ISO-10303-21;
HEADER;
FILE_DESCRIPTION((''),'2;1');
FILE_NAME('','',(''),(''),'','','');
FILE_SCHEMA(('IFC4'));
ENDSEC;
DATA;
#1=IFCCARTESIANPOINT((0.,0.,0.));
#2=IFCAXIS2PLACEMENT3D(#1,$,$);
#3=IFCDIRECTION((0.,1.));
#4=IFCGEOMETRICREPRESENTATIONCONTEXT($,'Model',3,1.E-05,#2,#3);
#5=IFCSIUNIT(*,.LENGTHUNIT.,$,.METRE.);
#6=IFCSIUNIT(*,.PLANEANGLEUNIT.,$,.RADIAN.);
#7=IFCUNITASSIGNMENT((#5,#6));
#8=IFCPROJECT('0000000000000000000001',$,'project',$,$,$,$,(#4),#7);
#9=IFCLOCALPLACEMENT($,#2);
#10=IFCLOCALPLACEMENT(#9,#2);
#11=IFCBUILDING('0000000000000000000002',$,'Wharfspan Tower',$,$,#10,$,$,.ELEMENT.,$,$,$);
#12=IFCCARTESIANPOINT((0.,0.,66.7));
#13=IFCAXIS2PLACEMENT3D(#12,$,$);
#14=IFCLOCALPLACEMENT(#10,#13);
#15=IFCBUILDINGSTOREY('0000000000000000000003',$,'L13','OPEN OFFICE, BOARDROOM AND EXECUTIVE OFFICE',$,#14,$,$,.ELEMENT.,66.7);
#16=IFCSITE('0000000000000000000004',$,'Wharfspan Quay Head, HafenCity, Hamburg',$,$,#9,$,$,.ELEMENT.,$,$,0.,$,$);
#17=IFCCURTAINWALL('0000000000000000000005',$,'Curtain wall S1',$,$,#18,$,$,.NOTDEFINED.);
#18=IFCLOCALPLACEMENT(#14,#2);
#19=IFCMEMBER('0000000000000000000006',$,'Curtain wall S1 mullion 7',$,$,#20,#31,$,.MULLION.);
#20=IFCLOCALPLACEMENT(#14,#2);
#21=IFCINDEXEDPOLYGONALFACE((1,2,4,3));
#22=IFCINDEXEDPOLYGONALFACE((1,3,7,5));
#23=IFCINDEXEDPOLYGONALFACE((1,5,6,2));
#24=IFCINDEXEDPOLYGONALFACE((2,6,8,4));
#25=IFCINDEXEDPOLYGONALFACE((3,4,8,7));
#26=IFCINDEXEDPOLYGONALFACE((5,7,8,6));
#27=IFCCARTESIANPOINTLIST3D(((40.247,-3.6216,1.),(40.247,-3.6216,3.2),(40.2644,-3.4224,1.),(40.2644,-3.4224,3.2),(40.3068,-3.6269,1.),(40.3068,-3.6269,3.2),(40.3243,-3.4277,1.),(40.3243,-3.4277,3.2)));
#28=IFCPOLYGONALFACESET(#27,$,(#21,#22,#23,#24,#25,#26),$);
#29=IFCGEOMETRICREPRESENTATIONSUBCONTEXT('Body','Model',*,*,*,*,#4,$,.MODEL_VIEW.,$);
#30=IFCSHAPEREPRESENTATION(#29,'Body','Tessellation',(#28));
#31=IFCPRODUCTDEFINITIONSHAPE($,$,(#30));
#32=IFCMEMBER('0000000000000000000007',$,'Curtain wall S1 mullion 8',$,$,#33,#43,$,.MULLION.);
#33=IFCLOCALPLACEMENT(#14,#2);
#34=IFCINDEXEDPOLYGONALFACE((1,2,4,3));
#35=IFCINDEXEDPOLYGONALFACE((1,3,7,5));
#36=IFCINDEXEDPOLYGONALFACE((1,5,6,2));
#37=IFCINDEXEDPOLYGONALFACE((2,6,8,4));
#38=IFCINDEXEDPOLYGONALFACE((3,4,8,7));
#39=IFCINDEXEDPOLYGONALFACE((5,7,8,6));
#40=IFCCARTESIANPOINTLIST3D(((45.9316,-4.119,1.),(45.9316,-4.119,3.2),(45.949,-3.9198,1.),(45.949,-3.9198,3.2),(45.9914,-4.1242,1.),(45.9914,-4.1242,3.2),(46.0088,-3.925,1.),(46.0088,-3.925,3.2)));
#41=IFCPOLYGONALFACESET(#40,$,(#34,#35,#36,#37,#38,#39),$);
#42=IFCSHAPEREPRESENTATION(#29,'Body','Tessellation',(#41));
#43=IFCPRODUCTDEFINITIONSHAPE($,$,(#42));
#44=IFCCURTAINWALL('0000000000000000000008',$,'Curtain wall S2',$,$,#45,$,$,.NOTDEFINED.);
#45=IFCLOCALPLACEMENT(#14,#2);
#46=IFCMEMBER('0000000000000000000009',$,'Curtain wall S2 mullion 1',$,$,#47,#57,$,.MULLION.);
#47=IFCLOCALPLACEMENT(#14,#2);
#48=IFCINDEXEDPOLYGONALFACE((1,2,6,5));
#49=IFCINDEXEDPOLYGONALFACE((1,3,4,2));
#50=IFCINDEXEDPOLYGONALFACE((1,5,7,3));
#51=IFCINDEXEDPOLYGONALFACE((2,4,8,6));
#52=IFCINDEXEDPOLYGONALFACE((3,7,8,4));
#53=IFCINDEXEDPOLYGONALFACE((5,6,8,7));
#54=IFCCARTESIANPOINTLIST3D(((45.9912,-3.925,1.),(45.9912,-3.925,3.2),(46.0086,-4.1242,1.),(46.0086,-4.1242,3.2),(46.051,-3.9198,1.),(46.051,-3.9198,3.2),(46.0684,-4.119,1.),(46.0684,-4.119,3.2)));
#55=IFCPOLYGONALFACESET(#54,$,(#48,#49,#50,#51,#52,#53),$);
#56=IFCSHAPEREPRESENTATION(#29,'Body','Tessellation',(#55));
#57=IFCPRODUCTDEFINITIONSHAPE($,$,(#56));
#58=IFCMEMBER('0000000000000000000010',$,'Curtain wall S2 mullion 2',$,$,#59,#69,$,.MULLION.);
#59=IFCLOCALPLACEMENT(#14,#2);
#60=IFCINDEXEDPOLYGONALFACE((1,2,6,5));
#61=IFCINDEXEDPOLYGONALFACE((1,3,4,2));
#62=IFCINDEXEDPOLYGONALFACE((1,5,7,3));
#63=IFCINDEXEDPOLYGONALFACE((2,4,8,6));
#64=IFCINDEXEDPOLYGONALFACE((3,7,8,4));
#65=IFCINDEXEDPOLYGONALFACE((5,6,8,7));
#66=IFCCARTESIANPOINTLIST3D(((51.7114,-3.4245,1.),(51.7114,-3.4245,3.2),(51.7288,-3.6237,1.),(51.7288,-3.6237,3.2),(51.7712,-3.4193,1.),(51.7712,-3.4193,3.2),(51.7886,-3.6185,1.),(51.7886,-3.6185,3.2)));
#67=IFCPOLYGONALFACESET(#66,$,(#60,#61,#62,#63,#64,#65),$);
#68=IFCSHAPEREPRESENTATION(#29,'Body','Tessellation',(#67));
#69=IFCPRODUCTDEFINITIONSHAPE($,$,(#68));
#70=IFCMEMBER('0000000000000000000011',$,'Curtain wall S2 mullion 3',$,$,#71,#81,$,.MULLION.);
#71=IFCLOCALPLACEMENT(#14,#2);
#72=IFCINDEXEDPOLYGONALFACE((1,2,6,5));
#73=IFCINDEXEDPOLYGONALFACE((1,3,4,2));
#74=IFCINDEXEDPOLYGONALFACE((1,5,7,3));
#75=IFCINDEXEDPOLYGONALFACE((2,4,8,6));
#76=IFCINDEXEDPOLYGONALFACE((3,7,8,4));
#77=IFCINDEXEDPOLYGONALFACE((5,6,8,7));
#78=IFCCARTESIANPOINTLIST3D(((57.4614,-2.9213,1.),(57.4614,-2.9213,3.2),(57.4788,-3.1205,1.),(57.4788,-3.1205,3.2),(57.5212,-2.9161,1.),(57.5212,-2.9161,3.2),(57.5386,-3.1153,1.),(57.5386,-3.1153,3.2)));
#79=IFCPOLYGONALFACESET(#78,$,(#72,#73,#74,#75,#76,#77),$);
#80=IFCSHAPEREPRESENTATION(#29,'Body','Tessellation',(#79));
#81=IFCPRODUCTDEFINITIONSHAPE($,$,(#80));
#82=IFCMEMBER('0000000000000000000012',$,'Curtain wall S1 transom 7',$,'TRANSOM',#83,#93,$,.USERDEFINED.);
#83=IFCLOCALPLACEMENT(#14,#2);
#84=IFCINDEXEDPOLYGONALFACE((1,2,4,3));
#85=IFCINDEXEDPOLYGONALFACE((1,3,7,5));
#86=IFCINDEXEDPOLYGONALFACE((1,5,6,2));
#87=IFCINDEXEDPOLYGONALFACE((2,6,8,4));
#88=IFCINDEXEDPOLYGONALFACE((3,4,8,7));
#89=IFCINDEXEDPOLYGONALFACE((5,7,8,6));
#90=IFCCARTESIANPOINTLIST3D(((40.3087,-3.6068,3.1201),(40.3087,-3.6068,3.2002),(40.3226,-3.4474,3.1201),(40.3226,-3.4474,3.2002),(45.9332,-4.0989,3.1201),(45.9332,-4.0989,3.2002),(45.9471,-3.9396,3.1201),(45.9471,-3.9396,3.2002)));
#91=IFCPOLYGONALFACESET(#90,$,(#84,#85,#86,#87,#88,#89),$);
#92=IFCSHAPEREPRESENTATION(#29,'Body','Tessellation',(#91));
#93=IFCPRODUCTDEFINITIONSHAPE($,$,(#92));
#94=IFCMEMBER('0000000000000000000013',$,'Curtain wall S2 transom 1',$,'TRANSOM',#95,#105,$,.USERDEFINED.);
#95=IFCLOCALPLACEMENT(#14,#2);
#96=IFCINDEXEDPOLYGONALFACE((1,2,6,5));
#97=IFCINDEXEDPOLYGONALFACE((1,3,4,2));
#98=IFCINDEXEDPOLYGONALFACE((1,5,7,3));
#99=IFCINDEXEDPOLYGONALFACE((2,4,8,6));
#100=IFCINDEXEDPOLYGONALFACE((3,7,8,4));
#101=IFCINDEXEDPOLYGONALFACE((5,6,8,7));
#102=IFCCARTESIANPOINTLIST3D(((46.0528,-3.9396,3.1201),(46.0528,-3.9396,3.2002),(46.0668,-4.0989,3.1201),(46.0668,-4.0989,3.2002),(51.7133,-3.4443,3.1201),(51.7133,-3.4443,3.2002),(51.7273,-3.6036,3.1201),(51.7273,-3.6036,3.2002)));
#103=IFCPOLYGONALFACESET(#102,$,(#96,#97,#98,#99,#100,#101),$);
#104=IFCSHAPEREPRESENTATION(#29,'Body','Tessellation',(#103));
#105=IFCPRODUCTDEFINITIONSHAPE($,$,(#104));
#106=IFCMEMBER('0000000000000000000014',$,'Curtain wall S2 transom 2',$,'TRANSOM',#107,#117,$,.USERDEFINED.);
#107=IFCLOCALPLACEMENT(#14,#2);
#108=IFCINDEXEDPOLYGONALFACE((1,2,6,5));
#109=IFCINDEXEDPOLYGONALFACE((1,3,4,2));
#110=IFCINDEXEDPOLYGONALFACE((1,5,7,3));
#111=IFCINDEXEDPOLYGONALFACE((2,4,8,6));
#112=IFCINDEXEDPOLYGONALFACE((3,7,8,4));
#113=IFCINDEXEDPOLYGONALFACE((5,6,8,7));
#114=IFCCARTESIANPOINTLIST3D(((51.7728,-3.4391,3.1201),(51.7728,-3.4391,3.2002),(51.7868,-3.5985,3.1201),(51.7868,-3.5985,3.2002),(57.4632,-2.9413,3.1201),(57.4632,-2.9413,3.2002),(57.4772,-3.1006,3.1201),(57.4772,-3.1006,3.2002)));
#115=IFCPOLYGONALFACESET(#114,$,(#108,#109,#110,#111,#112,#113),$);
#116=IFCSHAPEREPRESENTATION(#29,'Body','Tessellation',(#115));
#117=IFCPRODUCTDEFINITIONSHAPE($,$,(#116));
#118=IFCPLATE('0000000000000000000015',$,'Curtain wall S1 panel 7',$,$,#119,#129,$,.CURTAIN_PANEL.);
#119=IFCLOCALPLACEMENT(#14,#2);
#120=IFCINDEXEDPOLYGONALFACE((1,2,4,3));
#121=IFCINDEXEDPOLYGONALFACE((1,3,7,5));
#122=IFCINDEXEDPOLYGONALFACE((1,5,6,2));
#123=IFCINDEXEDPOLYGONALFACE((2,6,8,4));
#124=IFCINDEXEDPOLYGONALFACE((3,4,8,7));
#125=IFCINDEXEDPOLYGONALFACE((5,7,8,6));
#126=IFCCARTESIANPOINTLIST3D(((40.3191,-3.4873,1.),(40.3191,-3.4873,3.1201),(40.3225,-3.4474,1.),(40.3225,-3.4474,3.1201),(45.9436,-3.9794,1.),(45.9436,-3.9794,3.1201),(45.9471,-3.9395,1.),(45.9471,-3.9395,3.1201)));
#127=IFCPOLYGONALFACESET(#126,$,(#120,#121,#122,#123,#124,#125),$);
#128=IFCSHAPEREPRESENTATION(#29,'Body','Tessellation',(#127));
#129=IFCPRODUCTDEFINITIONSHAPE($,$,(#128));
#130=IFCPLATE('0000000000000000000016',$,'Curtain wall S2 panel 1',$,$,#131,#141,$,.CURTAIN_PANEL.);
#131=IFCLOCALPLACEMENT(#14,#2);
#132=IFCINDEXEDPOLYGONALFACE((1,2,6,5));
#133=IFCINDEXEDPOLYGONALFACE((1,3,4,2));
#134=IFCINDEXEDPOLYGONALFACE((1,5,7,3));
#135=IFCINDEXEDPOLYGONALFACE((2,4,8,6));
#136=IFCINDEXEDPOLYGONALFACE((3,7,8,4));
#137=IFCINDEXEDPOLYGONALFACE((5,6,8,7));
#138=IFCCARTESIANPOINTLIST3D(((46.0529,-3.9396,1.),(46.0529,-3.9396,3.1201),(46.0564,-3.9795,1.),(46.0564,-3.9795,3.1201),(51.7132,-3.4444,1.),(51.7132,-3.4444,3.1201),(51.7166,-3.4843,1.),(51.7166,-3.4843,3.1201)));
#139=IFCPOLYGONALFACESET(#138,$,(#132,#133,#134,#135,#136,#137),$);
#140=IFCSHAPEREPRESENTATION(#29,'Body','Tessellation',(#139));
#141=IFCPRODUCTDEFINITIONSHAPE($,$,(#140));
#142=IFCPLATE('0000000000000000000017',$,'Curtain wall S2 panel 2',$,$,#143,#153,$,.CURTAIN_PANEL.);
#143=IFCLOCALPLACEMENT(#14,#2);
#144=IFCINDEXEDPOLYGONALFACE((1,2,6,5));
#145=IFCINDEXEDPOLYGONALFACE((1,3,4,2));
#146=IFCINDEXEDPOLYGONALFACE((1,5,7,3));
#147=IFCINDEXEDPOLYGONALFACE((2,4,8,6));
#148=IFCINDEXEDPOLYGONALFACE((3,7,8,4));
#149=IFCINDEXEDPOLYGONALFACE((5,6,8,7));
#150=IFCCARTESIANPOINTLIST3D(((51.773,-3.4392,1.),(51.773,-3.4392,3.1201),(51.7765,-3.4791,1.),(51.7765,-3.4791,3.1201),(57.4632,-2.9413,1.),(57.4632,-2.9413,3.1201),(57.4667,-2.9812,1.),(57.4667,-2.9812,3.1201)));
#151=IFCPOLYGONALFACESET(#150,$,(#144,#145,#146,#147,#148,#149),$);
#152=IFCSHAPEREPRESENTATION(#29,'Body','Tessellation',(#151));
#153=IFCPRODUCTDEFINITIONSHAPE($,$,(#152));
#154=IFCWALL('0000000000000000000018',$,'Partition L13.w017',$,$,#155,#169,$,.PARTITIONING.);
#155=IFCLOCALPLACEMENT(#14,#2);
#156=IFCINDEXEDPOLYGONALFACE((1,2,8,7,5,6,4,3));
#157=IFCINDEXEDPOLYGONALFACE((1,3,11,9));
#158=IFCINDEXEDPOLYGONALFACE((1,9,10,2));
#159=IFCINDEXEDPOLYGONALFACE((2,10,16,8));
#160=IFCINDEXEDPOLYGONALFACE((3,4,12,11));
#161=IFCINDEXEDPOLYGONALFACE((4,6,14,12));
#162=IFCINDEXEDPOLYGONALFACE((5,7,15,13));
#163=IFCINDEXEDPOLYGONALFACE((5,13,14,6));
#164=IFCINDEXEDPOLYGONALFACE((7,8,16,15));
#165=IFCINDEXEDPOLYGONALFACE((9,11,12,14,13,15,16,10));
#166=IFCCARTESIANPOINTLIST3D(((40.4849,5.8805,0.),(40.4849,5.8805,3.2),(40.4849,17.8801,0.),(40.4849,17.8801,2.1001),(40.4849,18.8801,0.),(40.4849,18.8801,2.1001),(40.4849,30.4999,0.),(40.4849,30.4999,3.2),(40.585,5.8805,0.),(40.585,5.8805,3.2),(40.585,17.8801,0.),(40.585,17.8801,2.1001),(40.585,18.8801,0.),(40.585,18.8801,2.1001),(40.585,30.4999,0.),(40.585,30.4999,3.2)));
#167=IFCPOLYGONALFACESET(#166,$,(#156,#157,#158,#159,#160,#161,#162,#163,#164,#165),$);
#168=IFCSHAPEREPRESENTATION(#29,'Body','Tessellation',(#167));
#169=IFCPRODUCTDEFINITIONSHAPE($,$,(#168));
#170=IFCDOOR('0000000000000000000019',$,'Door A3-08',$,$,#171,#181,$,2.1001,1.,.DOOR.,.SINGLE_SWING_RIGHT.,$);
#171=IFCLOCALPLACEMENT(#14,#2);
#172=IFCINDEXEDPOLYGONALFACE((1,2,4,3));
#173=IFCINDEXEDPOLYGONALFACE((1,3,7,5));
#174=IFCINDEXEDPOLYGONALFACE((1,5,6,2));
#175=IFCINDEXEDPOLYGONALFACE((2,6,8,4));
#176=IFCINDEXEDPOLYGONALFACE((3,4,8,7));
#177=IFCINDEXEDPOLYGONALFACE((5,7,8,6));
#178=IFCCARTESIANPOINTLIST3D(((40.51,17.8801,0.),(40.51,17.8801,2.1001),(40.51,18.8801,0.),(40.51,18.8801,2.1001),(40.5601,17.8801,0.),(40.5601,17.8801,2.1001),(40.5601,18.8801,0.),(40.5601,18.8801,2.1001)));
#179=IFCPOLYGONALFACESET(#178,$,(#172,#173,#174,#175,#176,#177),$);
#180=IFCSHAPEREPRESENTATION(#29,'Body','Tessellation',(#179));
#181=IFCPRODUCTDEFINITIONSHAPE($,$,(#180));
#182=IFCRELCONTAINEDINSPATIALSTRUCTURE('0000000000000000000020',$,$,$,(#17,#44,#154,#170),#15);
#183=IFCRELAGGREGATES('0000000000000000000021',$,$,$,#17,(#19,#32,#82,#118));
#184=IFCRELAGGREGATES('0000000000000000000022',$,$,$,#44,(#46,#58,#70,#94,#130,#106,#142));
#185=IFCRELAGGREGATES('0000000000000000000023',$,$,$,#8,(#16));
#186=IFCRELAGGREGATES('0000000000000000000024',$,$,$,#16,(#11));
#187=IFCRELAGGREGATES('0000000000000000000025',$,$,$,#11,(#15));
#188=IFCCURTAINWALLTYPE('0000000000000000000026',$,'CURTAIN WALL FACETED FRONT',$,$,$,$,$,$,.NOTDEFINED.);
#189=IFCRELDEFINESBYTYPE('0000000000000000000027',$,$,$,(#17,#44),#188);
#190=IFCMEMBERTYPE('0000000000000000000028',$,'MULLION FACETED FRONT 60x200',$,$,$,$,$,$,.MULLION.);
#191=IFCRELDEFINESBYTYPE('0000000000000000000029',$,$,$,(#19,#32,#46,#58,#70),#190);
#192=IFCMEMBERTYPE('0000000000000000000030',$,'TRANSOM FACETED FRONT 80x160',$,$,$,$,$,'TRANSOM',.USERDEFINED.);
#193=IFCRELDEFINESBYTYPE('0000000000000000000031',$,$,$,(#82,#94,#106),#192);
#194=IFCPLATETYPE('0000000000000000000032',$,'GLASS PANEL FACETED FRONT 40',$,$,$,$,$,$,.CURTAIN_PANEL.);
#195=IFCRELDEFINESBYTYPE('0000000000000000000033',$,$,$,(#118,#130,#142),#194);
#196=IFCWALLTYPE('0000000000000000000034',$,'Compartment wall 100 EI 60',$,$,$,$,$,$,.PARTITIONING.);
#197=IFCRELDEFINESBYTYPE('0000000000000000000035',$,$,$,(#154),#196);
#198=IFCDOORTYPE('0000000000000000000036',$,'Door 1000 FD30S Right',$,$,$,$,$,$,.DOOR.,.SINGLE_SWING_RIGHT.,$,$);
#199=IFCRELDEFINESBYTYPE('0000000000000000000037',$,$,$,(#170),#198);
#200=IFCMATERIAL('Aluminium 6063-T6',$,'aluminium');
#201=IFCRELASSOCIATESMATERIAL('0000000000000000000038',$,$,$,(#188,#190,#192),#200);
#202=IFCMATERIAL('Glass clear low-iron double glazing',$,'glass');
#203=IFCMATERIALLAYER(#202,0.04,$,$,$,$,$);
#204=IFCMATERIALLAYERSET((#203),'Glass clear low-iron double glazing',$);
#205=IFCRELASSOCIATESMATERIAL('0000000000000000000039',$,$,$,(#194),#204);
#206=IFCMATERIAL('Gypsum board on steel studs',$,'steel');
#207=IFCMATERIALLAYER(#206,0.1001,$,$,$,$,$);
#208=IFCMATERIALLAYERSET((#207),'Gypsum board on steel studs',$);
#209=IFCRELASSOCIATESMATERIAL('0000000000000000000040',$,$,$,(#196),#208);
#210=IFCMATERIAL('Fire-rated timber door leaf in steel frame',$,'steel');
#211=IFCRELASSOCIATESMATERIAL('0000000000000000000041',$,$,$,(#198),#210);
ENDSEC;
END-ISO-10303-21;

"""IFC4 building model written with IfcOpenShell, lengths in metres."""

from ifc_helpers import new_model, si_unit, direction, frame, frame_2d, origin, origin_2d, place, context, subcontext, project, spatial, rectangle, extrude, material, layer, layer_set, material_profile, profile_set, type_object, element, fill, aggregate, save


model = new_model("IFC4")

# Units and contexts
model_context = context("Model", 3, precision=1e-05, world=origin(), true_north=direction((0.0, 1.0)))
body_context = subcontext(model_context, "Body", "Model", "MODEL_VIEW")
ifc_project = project(units=[si_unit("LENGTHUNIT", "METRE"), si_unit("PLANEANGLEUNIT", "RADIAN")], contexts=[model_context])

# Site, building, storey
site_placement = place(None, origin())
site = spatial("IfcSite", under=ifc_project, at=site_placement, Name="Wharfspan Quay Head, HafenCity, Hamburg", CompositionType="ELEMENT", RefElevation=0.0)
building_placement = place(site_placement, origin())
building = spatial("IfcBuilding", under=site, at=building_placement, Name="Wharfspan Tower", CompositionType="ELEMENT")
storey_placement = place(building_placement, frame((0.0, 0.0, 66.7)))
storey = spatial("IfcBuildingStorey", under=building, at=storey_placement, Name="L13", Description="OPEN OFFICE, BOARDROOM AND EXECUTIVE OFFICE", CompositionType="ELEMENT", Elevation=66.7)

# Curtain walls, members
ifc_material_1 = material(Name="Aluminium 6063-T6", Category="aluminium")
curtain_wall_type = type_object("IfcCurtainWallType", Name="CURTAIN WALL FACETED FRONT", PredefinedType="NOTDEFINED", material=ifc_material_1)
curtain_wall_1_placement = place(storey_placement, origin())
curtain_wall_1 = element("IfcCurtainWall", 1, at=curtain_wall_1_placement, inside=storey, type_object=curtain_wall_type, Name="Curtain wall S1", PredefinedType="NOTDEFINED")
ifc_material_profile_1 = material_profile(ifc_material_1, rectangle(XDim=0.2, YDim=0.0601, at=origin_2d()))
ifc_profile_set_1 = profile_set([ifc_material_profile_1], Name="Aluminium 6063-T6")
member_type_1 = type_object("IfcMemberType", Name="MULLION FACETED FRONT 60x200", PredefinedType="MULLION", material=ifc_profile_set_1)
member_1_placement = place(storey_placement, frame((40.2856, -3.5247, 1.0), z_axis=(0.0, 0.0, 1.0), x_axis=(0.087156, 0.996197, 0.0)))
member_1 = element("IfcMember", 2, at=member_1_placement, type_object=member_type_1, Name="Curtain wall S1 mullion 7", PredefinedType="MULLION", context=body_context, shape_type="SweptSolid", body=[
    extrude(rectangle(XDim=0.2, YDim=0.0601, at=origin_2d()), origin(), (0.0, 0.0, 1.0), 2.2),
])
member_2_placement = place(storey_placement, frame((45.9702, -4.022, 1.0), z_axis=(0.0, 0.0, 1.0), x_axis=(0.087156, 0.996197, 0.0)))
member_2 = element("IfcMember", 3, at=member_2_placement, type_object=member_type_1, Name="Curtain wall S1 mullion 8", PredefinedType="MULLION", context=body_context, shape_type="SweptSolid", body=[
    extrude(rectangle(XDim=0.2, YDim=0.0601, at=origin_2d()), origin(), (0.0, 0.0, 1.0), 2.2),
])
curtain_wall_2_placement = place(storey_placement, origin())
curtain_wall_2 = element("IfcCurtainWall", 4, at=curtain_wall_2_placement, inside=storey, type_object=curtain_wall_type, Name="Curtain wall S2", PredefinedType="NOTDEFINED")
member_3_placement = place(storey_placement, frame((46.0298, -4.022, 1.0), z_axis=(0.0, 0.0, 1.0), x_axis=(-0.087156, 0.996197, 0.0)))
member_3 = element("IfcMember", 5, at=member_3_placement, type_object=member_type_1, Name="Curtain wall S2 mullion 1", PredefinedType="MULLION", context=body_context, shape_type="SweptSolid", body=[
    extrude(rectangle(XDim=0.2, YDim=0.0601, at=origin_2d()), origin(), (0.0, 0.0, 1.0), 2.2),
])
member_4_placement = place(storey_placement, frame((51.75, -3.5215, 1.0), z_axis=(0.0, 0.0, 1.0), x_axis=(-0.087156, 0.996197, 0.0)))
member_4 = element("IfcMember", 6, at=member_4_placement, type_object=member_type_1, Name="Curtain wall S2 mullion 2", PredefinedType="MULLION", context=body_context, shape_type="SweptSolid", body=[
    extrude(rectangle(XDim=0.2, YDim=0.0601, at=origin_2d()), origin(), (0.0, 0.0, 1.0), 2.2),
])
member_5_placement = place(storey_placement, frame((57.5, -3.0183, 1.0), z_axis=(0.0, 0.0, 1.0), x_axis=(-0.087156, 0.996197, 0.0)))
member_5 = element("IfcMember", 7, at=member_5_placement, type_object=member_type_1, Name="Curtain wall S2 mullion 3", PredefinedType="MULLION", context=body_context, shape_type="SweptSolid", body=[
    extrude(rectangle(XDim=0.2, YDim=0.0601, at=origin_2d()), origin(), (0.0, 0.0, 1.0), 2.2),
])

# Members
ifc_material_profile_2 = material_profile(ifc_material_1, rectangle(XDim=0.1599, YDim=0.0801, at=origin_2d()))
ifc_profile_set_2 = profile_set([ifc_material_profile_2], Name="Aluminium 6063-T6")
member_type_2 = type_object("IfcMemberType", Name="TRANSOM FACETED FRONT 80x160", ElementType="TRANSOM", PredefinedType="USERDEFINED", material=ifc_profile_set_2)
member_6_placement = place(storey_placement, frame((40.3157, -3.5271, 3.1602), z_axis=(0.996193, -0.087174, 0.0), x_axis=(0.087174, 0.996193, 0.0)))
member_6 = element("IfcMember", 8, at=member_6_placement, type_object=member_type_2, Name="Curtain wall S1 transom 7", ObjectType="TRANSOM", PredefinedType="USERDEFINED", context=body_context, shape_type="SweptSolid", body=[
    extrude(rectangle(XDim=0.1599, YDim=0.0801, at=origin_2d()), origin(), (0.0, 0.0, 1.0), 5.646),
])
member_7_placement = place(storey_placement, frame((46.0598, -4.0193, 3.1602), z_axis=(0.996193, 0.08718, 0.0), x_axis=(-0.08718, 0.996193, 0.0)))
member_7 = element("IfcMember", 9, at=member_7_placement, type_object=member_type_2, Name="Curtain wall S2 transom 1", ObjectType="TRANSOM", PredefinedType="USERDEFINED", context=body_context, shape_type="SweptSolid", body=[
    extrude(rectangle(XDim=0.1599, YDim=0.0801, at=origin_2d()), origin(), (0.0, 0.0, 1.0), 5.6821),
])
member_8_placement = place(storey_placement, frame((51.7798, -3.5188, 3.1602), z_axis=(0.996195, 0.087148, 0.0), x_axis=(-0.087148, 0.996195, 0.0)))
member_8 = element("IfcMember", 10, at=member_8_placement, type_object=member_type_2, Name="Curtain wall S2 transom 2", ObjectType="TRANSOM", PredefinedType="USERDEFINED", context=body_context, shape_type="SweptSolid", body=[
    extrude(rectangle(XDim=0.1599, YDim=0.0801, at=origin_2d()), origin(), (0.0, 0.0, 1.0), 5.7122),
])

# Plates
ifc_material_2 = material(Name="Glass clear low-iron double glazing", Category="glass")
ifc_layer_1 = layer(ifc_material_2, 0.04)
ifc_layer_set_1 = layer_set([ifc_layer_1], Name="Glass clear low-iron double glazing")
plate_type = type_object("IfcPlateType", Name="GLASS PANEL FACETED FRONT 40", PredefinedType="CURTAIN_PANEL", material=ifc_layer_set_1)
plate_1_placement = place(storey_placement, frame((43.1331, -3.7134, 1.0), z_axis=(0.0, 0.0, 1.0), x_axis=(0.996197, -0.087156, 0.0)))
plate_1 = element("IfcPlate", 11, at=plate_1_placement, type_object=plate_type, Name="Curtain wall S1 panel 7", PredefinedType="CURTAIN_PANEL", context=body_context, shape_type="SweptSolid", body=[
    extrude(rectangle(XDim=5.646, YDim=0.04, at=origin_2d()), origin(), (0.0, 0.0, 1.0), 2.1201),
])
aggregate(curtain_wall_1, [member_1, member_2, member_6, plate_1])
plate_2_placement = place(storey_placement, frame((48.8848, -3.7119, 1.0), z_axis=(0.0, 0.0, 1.0), x_axis=(0.996197, 0.087156, 0.0)))
plate_2 = element("IfcPlate", 12, at=plate_2_placement, type_object=plate_type, Name="Curtain wall S2 panel 1", PredefinedType="CURTAIN_PANEL", context=body_context, shape_type="SweptSolid", body=[
    extrude(rectangle(XDim=5.6819, YDim=0.04, at=origin_2d()), origin(), (0.0, 0.0, 1.0), 2.1201),
])
plate_3_placement = place(storey_placement, frame((54.6199, -3.2102, 1.0), z_axis=(0.0, 0.0, 1.0), x_axis=(0.996197, 0.087156, 0.0)))
plate_3 = element("IfcPlate", 13, at=plate_3_placement, type_object=plate_type, Name="Curtain wall S2 panel 2", PredefinedType="CURTAIN_PANEL", context=body_context, shape_type="SweptSolid", body=[
    extrude(rectangle(XDim=5.7119, YDim=0.04, at=origin_2d()), origin(), (0.0, 0.0, 1.0), 2.1201),
])
aggregate(curtain_wall_2, [member_3, member_4, member_5, member_7, plate_2, member_8, plate_3])

# Wall, opening, door
ifc_material_3 = material(Name="Gypsum board on steel studs", Category="steel")
ifc_layer_2 = layer(ifc_material_3, 0.1001)
ifc_layer_set_2 = layer_set([ifc_layer_2], Name="Gypsum board on steel studs")
wall_type_1 = type_object("IfcWallType", Name="Compartment wall 100 EI 60", PredefinedType="PARTITIONING", material=ifc_layer_set_2)
wall_1_placement = place(storey_placement, frame((40.5349, 5.8806, 0.0), z_axis=(0.0, 0.0, 1.0), x_axis=(0.0, 1.0, 0.0)))
wall_1 = element("IfcWall", 14, at=wall_1_placement, inside=storey, type_object=wall_type_1, Name="Partition L13.w017", PredefinedType="PARTITIONING", context=body_context, shape_type="SweptSolid", body=[
    extrude(rectangle(XDim=24.6194, YDim=0.1001, at=frame_2d((12.3096, 0.0))), origin(), (0.0, 0.0, 1.0), 3.2),
])
opening_placement = place(wall_1_placement, frame((11.9995, 0.0, 0.0)))
opening = element("IfcOpeningElement", 15, at=opening_placement, cuts=wall_1, PredefinedType="OPENING", context=body_context, shape_type="SweptSolid", body=[
    extrude(rectangle(XDim=1.0, YDim=2.1001, at=frame_2d((0.5, 1.05))), frame((0.0, 0.0601, 0.0), z_axis=(0.0, -1.0, 0.0), x_axis=(1.0, 0.0, 0.0)), (0.0, 0.0, 1.0), 0.1201),
])
ifc_material_4 = material(Name="Fire-rated timber door leaf in steel frame", Category="steel")
door_type = type_object("IfcDoorType", Name="Door 1000 FD30S Right", OperationType="SINGLE_SWING_RIGHT", PredefinedType="DOOR", material=ifc_material_4)
door_placement = place(opening_placement, origin())
door = element("IfcDoor", 16, at=door_placement, inside=storey, type_object=door_type, Name="Door A3-08", OperationType="SINGLE_SWING_RIGHT", OverallHeight=2.1001, OverallWidth=1.0, PredefinedType="DOOR", context=body_context, shape_type="SweptSolid", body=[
    extrude(rectangle(XDim=1.0, YDim=2.1001, at=frame_2d((0.5, 1.05))), frame((0.0, 0.0249, 0.0), z_axis=(0.0, -1.0, 0.0), x_axis=(1.0, 0.0, 0.0)), (0.0, 0.0, 1.0), 0.05),
])
fill(opening, door)

save(model, "model.ifc")
